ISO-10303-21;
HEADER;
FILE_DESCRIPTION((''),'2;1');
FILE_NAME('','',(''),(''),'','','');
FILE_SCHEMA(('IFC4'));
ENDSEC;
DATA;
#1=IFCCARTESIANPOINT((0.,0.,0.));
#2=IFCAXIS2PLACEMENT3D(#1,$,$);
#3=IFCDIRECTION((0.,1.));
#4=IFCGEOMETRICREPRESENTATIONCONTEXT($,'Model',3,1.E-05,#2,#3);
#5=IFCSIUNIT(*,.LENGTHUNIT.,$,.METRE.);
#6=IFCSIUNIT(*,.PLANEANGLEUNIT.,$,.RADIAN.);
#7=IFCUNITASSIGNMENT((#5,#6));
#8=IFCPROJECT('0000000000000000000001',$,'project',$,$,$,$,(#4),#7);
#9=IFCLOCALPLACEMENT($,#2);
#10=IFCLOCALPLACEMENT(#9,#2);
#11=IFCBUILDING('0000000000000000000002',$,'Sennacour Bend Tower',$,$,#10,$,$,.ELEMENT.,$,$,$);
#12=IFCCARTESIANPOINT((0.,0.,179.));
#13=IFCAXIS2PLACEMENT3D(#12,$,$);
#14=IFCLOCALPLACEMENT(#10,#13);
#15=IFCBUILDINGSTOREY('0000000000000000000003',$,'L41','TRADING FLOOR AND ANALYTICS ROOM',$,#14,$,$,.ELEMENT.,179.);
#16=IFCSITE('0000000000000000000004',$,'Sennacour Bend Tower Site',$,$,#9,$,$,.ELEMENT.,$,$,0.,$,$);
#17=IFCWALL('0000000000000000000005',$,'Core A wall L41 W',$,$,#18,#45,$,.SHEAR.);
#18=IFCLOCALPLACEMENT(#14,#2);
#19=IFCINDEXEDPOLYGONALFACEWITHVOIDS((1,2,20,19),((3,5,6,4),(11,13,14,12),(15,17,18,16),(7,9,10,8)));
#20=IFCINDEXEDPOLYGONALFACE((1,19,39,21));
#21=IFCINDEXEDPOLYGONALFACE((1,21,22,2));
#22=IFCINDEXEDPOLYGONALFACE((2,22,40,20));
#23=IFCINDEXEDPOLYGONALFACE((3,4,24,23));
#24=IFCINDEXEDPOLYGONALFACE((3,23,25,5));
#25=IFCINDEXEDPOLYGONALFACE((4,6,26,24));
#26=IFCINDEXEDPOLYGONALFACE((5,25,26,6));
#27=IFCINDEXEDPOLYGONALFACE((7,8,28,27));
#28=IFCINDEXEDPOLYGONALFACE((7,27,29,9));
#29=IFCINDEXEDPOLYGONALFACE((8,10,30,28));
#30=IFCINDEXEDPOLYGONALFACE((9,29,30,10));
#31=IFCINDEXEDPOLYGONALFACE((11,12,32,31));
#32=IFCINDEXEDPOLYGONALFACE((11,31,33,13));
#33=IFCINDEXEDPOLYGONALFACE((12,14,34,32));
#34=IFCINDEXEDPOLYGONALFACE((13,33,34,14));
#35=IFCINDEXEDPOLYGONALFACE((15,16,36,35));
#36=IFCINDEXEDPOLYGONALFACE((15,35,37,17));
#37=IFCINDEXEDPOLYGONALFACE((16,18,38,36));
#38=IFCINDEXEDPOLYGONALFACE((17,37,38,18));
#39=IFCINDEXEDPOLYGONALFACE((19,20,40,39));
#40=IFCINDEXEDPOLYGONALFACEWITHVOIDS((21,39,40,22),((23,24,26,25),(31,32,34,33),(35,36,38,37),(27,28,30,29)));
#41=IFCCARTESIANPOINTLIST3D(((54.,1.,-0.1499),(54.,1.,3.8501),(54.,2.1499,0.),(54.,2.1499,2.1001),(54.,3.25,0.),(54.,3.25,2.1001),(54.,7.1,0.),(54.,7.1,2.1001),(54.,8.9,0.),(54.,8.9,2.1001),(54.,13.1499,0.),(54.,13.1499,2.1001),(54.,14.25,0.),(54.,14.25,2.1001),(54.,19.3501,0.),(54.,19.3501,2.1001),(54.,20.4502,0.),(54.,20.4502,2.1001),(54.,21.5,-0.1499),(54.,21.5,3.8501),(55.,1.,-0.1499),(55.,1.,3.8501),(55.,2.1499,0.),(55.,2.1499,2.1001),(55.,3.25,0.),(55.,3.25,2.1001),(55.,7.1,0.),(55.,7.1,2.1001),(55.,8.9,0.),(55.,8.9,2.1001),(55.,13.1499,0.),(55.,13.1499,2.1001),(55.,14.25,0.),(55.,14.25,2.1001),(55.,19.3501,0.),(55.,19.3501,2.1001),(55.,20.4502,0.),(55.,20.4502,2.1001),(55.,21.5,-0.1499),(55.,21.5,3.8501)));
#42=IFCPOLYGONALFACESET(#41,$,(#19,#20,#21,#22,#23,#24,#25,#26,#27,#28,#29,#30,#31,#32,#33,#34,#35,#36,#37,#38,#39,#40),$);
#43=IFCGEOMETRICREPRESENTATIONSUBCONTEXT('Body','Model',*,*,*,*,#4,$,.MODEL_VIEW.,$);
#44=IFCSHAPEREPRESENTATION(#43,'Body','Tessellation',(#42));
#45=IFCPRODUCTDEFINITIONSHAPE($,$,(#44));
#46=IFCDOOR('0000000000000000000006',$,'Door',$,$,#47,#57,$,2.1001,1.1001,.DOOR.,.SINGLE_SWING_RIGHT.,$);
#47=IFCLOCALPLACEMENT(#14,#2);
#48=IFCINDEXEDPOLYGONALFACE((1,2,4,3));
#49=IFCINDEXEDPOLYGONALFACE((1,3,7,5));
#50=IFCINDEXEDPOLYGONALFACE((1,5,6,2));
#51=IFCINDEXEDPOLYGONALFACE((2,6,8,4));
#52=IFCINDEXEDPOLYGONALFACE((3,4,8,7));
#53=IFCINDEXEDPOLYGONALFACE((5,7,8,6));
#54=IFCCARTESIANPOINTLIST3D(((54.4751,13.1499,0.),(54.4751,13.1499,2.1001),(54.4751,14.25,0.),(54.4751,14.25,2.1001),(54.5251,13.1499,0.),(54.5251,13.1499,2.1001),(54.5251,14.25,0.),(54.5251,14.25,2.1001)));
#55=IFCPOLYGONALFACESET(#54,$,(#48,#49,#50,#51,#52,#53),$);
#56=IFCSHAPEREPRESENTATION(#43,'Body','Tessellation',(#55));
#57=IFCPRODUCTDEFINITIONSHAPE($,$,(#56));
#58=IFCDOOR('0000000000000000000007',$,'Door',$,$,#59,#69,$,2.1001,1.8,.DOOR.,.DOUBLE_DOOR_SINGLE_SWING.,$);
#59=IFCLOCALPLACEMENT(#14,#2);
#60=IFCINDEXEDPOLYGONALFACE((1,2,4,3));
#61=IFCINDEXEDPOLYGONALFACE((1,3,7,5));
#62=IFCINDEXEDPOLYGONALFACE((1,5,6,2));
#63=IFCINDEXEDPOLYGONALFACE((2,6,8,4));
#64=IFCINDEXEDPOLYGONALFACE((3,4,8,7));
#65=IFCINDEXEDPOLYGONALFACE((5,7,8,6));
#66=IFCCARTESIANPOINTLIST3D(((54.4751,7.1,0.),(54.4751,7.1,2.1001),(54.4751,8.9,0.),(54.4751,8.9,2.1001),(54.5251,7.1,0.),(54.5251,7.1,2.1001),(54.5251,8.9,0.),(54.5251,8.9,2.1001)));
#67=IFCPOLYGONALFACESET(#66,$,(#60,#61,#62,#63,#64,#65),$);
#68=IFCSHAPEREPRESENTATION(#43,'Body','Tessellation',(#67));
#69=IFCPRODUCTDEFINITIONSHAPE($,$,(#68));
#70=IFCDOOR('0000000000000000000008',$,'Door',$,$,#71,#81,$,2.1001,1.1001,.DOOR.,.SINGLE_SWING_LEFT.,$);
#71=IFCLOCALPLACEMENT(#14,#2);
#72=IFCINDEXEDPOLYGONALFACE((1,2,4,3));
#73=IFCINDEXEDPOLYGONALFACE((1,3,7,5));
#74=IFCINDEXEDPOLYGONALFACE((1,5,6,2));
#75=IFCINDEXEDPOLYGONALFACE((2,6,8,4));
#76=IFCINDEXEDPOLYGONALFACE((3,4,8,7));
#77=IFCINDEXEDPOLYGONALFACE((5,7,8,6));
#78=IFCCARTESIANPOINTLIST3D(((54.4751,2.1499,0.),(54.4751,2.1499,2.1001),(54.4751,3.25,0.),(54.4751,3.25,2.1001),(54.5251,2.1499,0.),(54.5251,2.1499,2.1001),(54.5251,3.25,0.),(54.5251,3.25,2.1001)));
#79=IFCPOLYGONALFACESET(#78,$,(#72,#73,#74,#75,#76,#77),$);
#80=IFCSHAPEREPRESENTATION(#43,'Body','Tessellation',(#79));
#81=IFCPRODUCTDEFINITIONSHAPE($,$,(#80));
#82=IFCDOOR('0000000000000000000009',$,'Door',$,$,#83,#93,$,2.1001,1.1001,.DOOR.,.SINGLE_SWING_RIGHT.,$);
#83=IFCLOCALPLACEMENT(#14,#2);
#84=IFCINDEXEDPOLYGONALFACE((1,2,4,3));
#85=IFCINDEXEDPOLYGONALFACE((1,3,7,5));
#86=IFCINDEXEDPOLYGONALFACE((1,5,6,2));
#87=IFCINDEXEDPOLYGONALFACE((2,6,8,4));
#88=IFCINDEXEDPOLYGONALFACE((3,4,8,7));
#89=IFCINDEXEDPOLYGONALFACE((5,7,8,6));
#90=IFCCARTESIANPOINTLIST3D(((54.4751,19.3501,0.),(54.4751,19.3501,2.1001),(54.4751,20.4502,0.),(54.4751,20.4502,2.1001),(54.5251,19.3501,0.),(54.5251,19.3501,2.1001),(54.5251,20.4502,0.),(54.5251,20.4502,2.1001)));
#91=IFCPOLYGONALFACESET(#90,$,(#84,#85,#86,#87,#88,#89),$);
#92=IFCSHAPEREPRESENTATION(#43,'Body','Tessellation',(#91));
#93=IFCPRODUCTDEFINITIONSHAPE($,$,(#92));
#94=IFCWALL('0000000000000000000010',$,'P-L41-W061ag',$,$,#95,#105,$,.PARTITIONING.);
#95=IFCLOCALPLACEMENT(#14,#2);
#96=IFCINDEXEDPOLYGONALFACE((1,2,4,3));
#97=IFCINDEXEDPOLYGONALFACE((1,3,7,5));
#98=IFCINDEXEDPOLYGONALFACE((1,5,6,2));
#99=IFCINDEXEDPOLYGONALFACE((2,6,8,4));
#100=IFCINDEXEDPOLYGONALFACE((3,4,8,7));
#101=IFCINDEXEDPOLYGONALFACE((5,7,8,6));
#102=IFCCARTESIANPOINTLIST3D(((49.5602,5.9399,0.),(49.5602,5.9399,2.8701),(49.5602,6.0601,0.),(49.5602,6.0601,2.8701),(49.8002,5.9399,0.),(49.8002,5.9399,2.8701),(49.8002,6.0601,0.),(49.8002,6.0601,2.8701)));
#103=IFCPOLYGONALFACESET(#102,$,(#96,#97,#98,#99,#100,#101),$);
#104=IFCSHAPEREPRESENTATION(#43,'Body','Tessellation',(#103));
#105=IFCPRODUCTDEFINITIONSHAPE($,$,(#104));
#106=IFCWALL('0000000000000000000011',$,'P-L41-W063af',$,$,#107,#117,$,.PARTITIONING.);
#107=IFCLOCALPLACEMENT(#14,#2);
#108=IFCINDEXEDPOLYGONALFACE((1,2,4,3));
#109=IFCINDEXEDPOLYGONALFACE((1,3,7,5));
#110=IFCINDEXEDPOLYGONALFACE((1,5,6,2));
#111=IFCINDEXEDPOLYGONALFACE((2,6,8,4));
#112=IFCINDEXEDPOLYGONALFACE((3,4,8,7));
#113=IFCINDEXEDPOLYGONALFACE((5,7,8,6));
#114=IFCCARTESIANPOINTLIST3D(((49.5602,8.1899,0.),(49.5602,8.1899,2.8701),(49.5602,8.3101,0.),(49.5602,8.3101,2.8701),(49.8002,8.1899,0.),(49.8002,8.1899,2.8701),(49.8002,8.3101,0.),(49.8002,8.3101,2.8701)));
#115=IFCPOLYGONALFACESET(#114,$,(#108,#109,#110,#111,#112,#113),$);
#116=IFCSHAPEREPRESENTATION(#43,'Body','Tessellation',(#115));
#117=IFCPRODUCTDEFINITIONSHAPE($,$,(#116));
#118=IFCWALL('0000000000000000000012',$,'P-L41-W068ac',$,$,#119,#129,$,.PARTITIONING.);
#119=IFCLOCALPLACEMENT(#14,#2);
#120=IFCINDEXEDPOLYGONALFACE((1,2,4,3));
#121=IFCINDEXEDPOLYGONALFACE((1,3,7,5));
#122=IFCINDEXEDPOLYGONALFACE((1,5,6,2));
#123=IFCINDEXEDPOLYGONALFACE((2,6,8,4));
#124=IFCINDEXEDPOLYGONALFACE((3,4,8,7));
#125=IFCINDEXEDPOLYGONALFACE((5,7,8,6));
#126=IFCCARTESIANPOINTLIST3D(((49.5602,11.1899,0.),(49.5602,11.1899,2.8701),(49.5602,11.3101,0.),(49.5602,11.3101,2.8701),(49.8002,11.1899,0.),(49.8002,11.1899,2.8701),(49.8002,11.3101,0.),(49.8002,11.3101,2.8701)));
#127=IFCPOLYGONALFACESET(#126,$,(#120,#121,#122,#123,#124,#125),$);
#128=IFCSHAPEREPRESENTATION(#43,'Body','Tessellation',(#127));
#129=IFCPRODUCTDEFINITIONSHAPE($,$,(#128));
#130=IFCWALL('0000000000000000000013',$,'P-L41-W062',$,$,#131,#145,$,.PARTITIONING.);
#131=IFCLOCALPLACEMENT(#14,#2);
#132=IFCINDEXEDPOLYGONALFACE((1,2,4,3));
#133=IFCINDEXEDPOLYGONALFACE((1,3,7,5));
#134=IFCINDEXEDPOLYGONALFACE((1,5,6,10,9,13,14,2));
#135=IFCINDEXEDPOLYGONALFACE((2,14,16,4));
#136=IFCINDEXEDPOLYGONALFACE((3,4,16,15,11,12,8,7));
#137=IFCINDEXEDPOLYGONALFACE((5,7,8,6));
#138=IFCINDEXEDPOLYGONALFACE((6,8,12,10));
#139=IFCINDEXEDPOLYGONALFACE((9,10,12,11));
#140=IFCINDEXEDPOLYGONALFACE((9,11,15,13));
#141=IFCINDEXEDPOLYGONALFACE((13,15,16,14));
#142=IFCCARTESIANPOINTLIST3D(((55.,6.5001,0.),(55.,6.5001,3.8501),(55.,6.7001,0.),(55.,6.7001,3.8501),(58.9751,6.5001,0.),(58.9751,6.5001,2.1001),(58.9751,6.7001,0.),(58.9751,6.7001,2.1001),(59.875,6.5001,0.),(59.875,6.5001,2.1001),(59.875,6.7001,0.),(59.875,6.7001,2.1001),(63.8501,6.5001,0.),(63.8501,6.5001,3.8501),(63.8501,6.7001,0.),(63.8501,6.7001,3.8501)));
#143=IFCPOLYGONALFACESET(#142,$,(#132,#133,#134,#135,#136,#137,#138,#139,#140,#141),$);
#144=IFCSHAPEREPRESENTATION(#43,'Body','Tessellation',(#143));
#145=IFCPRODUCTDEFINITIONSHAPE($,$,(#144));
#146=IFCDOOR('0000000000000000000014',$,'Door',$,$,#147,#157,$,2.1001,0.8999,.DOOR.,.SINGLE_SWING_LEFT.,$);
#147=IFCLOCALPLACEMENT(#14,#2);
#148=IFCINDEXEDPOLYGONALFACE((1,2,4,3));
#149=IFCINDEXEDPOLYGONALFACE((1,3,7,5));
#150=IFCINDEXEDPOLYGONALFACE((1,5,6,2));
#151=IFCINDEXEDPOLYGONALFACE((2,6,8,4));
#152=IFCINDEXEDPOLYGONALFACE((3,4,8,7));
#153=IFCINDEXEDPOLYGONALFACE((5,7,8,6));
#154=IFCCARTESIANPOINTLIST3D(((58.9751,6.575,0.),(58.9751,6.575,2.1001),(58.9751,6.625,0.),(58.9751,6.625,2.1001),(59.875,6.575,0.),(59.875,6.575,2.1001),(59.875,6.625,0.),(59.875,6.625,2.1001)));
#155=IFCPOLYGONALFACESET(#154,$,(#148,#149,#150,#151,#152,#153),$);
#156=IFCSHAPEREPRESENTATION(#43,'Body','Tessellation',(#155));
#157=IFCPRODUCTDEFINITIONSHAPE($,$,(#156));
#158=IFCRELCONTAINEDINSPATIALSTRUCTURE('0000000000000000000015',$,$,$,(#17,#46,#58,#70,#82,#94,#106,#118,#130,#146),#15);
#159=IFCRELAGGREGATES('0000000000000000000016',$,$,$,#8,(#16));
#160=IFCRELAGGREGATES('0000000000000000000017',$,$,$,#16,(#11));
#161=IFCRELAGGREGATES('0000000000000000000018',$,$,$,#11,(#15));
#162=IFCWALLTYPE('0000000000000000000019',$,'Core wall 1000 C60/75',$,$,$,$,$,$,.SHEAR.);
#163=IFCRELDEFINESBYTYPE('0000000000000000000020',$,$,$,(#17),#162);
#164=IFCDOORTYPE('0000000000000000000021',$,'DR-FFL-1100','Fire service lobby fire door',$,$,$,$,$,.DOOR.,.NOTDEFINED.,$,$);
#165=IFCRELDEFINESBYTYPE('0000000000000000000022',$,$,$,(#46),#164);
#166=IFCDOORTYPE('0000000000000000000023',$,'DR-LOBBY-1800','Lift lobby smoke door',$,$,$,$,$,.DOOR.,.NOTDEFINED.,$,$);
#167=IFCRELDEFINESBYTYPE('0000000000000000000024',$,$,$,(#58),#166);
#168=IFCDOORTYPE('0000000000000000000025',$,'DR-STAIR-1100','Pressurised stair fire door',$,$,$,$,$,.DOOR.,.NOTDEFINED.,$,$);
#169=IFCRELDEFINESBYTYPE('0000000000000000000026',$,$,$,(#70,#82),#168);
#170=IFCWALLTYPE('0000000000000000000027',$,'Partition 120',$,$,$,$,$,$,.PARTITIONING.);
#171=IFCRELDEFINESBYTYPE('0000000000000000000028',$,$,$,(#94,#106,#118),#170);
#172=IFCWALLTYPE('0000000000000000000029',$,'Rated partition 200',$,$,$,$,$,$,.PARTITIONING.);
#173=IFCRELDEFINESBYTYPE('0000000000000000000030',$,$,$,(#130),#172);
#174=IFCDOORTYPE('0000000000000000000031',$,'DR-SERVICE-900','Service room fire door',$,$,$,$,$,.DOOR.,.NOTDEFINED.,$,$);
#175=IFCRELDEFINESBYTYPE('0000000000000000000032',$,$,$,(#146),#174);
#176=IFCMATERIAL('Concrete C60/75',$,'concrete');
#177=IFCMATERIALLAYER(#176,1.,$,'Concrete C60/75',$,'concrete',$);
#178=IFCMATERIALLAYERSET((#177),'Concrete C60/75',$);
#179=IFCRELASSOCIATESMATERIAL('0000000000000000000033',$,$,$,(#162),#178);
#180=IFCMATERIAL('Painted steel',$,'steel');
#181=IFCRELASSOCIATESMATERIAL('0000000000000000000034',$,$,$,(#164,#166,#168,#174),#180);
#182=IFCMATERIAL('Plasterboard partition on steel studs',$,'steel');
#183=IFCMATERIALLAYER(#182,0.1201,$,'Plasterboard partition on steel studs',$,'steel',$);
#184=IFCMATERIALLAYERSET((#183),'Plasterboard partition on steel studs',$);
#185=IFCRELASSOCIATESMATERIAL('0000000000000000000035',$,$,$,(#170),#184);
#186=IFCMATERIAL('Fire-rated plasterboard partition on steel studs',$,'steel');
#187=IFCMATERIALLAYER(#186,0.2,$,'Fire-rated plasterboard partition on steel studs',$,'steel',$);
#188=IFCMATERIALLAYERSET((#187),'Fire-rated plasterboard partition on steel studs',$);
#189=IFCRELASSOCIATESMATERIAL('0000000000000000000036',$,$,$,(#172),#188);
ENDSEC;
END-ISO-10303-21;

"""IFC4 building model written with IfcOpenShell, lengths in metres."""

from ifc_helpers import new_model, si_unit, direction, frame, frame_2d, origin, place, context, subcontext, project, spatial, rectangle, extrude, material, layer, layer_set, type_object, element, fill, save


model = new_model("IFC4")

# Units and contexts
model_context = context("Model", 3, precision=1e-05, world=origin(), true_north=direction((0.0, 1.0)))
body_context = subcontext(model_context, "Body", "Model", "MODEL_VIEW")
ifc_project = project(units=[si_unit("LENGTHUNIT", "METRE"), si_unit("PLANEANGLEUNIT", "RADIAN")], contexts=[model_context])

# Site, building, storey
site_placement = place(None, origin())
site = spatial("IfcSite", under=ifc_project, at=site_placement, Name="Sennacour Bend Tower Site", CompositionType="ELEMENT", RefElevation=0.0)
building_placement = place(site_placement, origin())
building = spatial("IfcBuilding", under=site, at=building_placement, Name="Sennacour Bend Tower", CompositionType="ELEMENT")
storey_placement = place(building_placement, frame((0.0, 0.0, 179.0)))
storey = spatial("IfcBuildingStorey", under=building, at=storey_placement, Name="L41", Description="TRADING FLOOR AND ANALYTICS ROOM", CompositionType="ELEMENT", Elevation=179.0)

# Wall, openings, doors
ifc_material_1 = material(Name="Concrete C60/75", Category="concrete")
ifc_layer_1 = layer(ifc_material_1, 1.0, Name="Concrete C60/75", Category="concrete")
ifc_layer_set_1 = layer_set([ifc_layer_1], Name="Concrete C60/75")
wall_type_1 = type_object("IfcWallType", Name="Core wall 1000 C60/75", PredefinedType="SHEAR", material=ifc_layer_set_1)
wall_1_placement = place(storey_placement, frame((54.5, 1.0, -0.1499), z_axis=(0.0, 0.0, 1.0), x_axis=(0.0, 1.0, 0.0)))
wall_1 = element("IfcWall", 1, at=wall_1_placement, inside=storey, type_object=wall_type_1, Name="Core A wall L41 W", PredefinedType="SHEAR", context=body_context, shape_type="SweptSolid", body=[
    extrude(rectangle(XDim=20.5, YDim=1.0, at=frame_2d((10.25, 0.0))), origin(), (0.0, 0.0, 1.0), 4.0),
])
opening_1_placement = place(wall_1_placement, frame((6.1001, 0.0, 0.1499)))
opening_1 = element("IfcOpeningElement", 2, at=opening_1_placement, cuts=wall_1, PredefinedType="OPENING", context=body_context, shape_type="SweptSolid", body=[
    extrude(rectangle(XDim=1.8, YDim=2.1001, at=frame_2d((0.8999, 1.05))), frame((0.0, 0.51, 0.0), z_axis=(0.0, -1.0, 0.0), x_axis=(1.0, 0.0, 0.0)), (0.0, 0.0, 1.0), 1.02),
])
opening_2_placement = place(wall_1_placement, frame((12.1499, 0.0, 0.1499)))
opening_2 = element("IfcOpeningElement", 3, at=opening_2_placement, cuts=wall_1, PredefinedType="OPENING", context=body_context, shape_type="SweptSolid", body=[
    extrude(rectangle(XDim=1.1001, YDim=2.1001, at=frame_2d((0.55, 1.05))), frame((0.0, 0.51, 0.0), z_axis=(0.0, -1.0, 0.0), x_axis=(1.0, 0.0, 0.0)), (0.0, 0.0, 1.0), 1.02),
])
opening_3_placement = place(wall_1_placement, frame((1.1499, 0.0, 0.1499)))
opening_3 = element("IfcOpeningElement", 4, at=opening_3_placement, cuts=wall_1, PredefinedType="OPENING", context=body_context, shape_type="SweptSolid", body=[
    extrude(rectangle(XDim=1.1001, YDim=2.1001, at=frame_2d((0.55, 1.05))), frame((0.0, 0.51, 0.0), z_axis=(0.0, -1.0, 0.0), x_axis=(1.0, 0.0, 0.0)), (0.0, 0.0, 1.0), 1.02),
])
opening_4_placement = place(wall_1_placement, frame((18.3501, 0.0, 0.1499)))
opening_4 = element("IfcOpeningElement", 5, at=opening_4_placement, cuts=wall_1, PredefinedType="OPENING", context=body_context, shape_type="SweptSolid", body=[
    extrude(rectangle(XDim=1.1001, YDim=2.1001, at=frame_2d((0.55, 1.05))), frame((0.0, 0.51, 0.0), z_axis=(0.0, -1.0, 0.0), x_axis=(1.0, 0.0, 0.0)), (0.0, 0.0, 1.0), 1.02),
])
ifc_material_2 = material(Name="Painted steel", Category="steel")
door_type_1 = type_object("IfcDoorType", Name="DR-FFL-1100", Description="Fire service lobby fire door", OperationType="NOTDEFINED", PredefinedType="DOOR", material=ifc_material_2)
door_1_placement = place(opening_2_placement, origin())
door_1 = element("IfcDoor", 6, at=door_1_placement, inside=storey, type_object=door_type_1, Name="Door", OperationType="SINGLE_SWING_RIGHT", OverallHeight=2.1001, OverallWidth=1.1001, PredefinedType="DOOR", context=body_context, shape_type="SweptSolid", body=[
    extrude(rectangle(XDim=1.1001, YDim=2.1001, at=frame_2d((0.55, 1.05))), frame((0.0, 0.0249, 0.0), z_axis=(0.0, -1.0, 0.0), x_axis=(1.0, 0.0, 0.0)), (0.0, 0.0, 1.0), 0.05),
])
fill(opening_2, door_1)
door_type_2 = type_object("IfcDoorType", Name="DR-LOBBY-1800", Description="Lift lobby smoke door", OperationType="NOTDEFINED", PredefinedType="DOOR", material=ifc_material_2)
door_2_placement = place(opening_1_placement, origin())
door_2 = element("IfcDoor", 7, at=door_2_placement, inside=storey, type_object=door_type_2, Name="Door", OperationType="DOUBLE_DOOR_SINGLE_SWING", OverallHeight=2.1001, OverallWidth=1.8, PredefinedType="DOOR", context=body_context, shape_type="SweptSolid", body=[
    extrude(rectangle(XDim=1.8, YDim=2.1001, at=frame_2d((0.8999, 1.05))), frame((0.0, 0.0249, 0.0), z_axis=(0.0, -1.0, 0.0), x_axis=(1.0, 0.0, 0.0)), (0.0, 0.0, 1.0), 0.05),
])
fill(opening_1, door_2)
door_type_3 = type_object("IfcDoorType", Name="DR-STAIR-1100", Description="Pressurised stair fire door", OperationType="NOTDEFINED", PredefinedType="DOOR", material=ifc_material_2)
door_3_placement = place(opening_3_placement, origin())
door_3 = element("IfcDoor", 8, at=door_3_placement, inside=storey, type_object=door_type_3, Name="Door", OperationType="SINGLE_SWING_LEFT", OverallHeight=2.1001, OverallWidth=1.1001, PredefinedType="DOOR", context=body_context, shape_type="SweptSolid", body=[
    extrude(rectangle(XDim=1.1001, YDim=2.1001, at=frame_2d((0.55, 1.05))), frame((0.0, 0.0249, 0.0), z_axis=(0.0, -1.0, 0.0), x_axis=(1.0, 0.0, 0.0)), (0.0, 0.0, 1.0), 0.05),
])
fill(opening_3, door_3)
door_4_placement = place(opening_4_placement, origin())
door_4 = element("IfcDoor", 9, at=door_4_placement, inside=storey, type_object=door_type_3, Name="Door", OperationType="SINGLE_SWING_RIGHT", OverallHeight=2.1001, OverallWidth=1.1001, PredefinedType="DOOR", context=body_context, shape_type="SweptSolid", body=[
    extrude(rectangle(XDim=1.1001, YDim=2.1001, at=frame_2d((0.55, 1.05))), frame((0.0, 0.0249, 0.0), z_axis=(0.0, -1.0, 0.0), x_axis=(1.0, 0.0, 0.0)), (0.0, 0.0, 1.0), 0.05),
])
fill(opening_4, door_4)

# Walls
ifc_material_3 = material(Name="Plasterboard partition on steel studs", Category="steel")
ifc_layer_2 = layer(ifc_material_3, 0.1201, Name="Plasterboard partition on steel studs", Category="steel")
ifc_layer_set_2 = layer_set([ifc_layer_2], Name="Plasterboard partition on steel studs")
wall_type_2 = type_object("IfcWallType", Name="Partition 120", PredefinedType="PARTITIONING", material=ifc_layer_set_2)
for number, where, z_axis, x_axis, name in (
    (10, (49.5601, 6.0, 0.0), (0.0, 0.0, 1.0), (1.0, 0.0, 0.0), "P-L41-W061ag"),
    (11, (49.5601, 8.25, 0.0), (0.0, 0.0, 1.0), (1.0, 0.0, 0.0), "P-L41-W063af"),
    (12, (49.5601, 11.25, 0.0), (0.0, 0.0, 1.0), (1.0, 0.0, 0.0), "P-L41-W068ac"),
):
    element("IfcWall", number, at=place(storey_placement, frame(where, z_axis=z_axis, x_axis=x_axis)), inside=storey, type_object=wall_type_2, Name=name, PredefinedType="PARTITIONING", context=body_context, shape_type="SweptSolid", body=[
        extrude(rectangle(XDim=0.24, YDim=0.1201, at=frame_2d((0.1201, 0.0))), origin(), (0.0, 0.0, 1.0), 2.8701),
    ])

# Wall, opening, door
ifc_material_4 = material(Name="Fire-rated plasterboard partition on steel studs", Category="steel")
ifc_layer_3 = layer(ifc_material_4, 0.2, Name="Fire-rated plasterboard partition on steel studs", Category="steel")
ifc_layer_set_3 = layer_set([ifc_layer_3], Name="Fire-rated plasterboard partition on steel studs")
wall_type_3 = type_object("IfcWallType", Name="Rated partition 200", PredefinedType="PARTITIONING", material=ifc_layer_set_3)
wall_2_placement = place(storey_placement, frame((55.0, 6.6001, 0.0), z_axis=(0.0, 0.0, 1.0), x_axis=(1.0, 0.0, 0.0)))
wall_2 = element("IfcWall", 13, at=wall_2_placement, inside=storey, type_object=wall_type_3, Name="P-L41-W062", PredefinedType="PARTITIONING", context=body_context, shape_type="SweptSolid", body=[
    extrude(rectangle(XDim=8.8501, YDim=0.2, at=frame_2d((4.425, 0.0))), origin(), (0.0, 0.0, 1.0), 3.8501),
])
opening_5_placement = place(wall_2_placement, frame((3.9751, 0.0, 0.0)))
opening_5 = element("IfcOpeningElement", 14, at=opening_5_placement, cuts=wall_2, PredefinedType="OPENING", context=body_context, shape_type="SweptSolid", body=[
    extrude(rectangle(XDim=0.8999, YDim=2.1001, at=frame_2d((0.45, 1.05))), frame((0.0, 0.1099, 0.0), z_axis=(0.0, -1.0, 0.0), x_axis=(1.0, 0.0, 0.0)), (0.0, 0.0, 1.0), 0.22),
])
door_type_4 = type_object("IfcDoorType", Name="DR-SERVICE-900", Description="Service room fire door", OperationType="NOTDEFINED", PredefinedType="DOOR", material=ifc_material_2)
door_5_placement = place(opening_5_placement, origin())
door_5 = element("IfcDoor", 15, at=door_5_placement, inside=storey, type_object=door_type_4, Name="Door", OperationType="SINGLE_SWING_LEFT", OverallHeight=2.1001, OverallWidth=0.8999, PredefinedType="DOOR", context=body_context, shape_type="SweptSolid", body=[
    extrude(rectangle(XDim=0.8999, YDim=2.1001, at=frame_2d((0.45, 1.05))), frame((0.0, 0.0249, 0.0), z_axis=(0.0, -1.0, 0.0), x_axis=(1.0, 0.0, 0.0)), (0.0, 0.0, 1.0), 0.05),
])
fill(opening_5, door_5)

save(model, "model.ifc")
